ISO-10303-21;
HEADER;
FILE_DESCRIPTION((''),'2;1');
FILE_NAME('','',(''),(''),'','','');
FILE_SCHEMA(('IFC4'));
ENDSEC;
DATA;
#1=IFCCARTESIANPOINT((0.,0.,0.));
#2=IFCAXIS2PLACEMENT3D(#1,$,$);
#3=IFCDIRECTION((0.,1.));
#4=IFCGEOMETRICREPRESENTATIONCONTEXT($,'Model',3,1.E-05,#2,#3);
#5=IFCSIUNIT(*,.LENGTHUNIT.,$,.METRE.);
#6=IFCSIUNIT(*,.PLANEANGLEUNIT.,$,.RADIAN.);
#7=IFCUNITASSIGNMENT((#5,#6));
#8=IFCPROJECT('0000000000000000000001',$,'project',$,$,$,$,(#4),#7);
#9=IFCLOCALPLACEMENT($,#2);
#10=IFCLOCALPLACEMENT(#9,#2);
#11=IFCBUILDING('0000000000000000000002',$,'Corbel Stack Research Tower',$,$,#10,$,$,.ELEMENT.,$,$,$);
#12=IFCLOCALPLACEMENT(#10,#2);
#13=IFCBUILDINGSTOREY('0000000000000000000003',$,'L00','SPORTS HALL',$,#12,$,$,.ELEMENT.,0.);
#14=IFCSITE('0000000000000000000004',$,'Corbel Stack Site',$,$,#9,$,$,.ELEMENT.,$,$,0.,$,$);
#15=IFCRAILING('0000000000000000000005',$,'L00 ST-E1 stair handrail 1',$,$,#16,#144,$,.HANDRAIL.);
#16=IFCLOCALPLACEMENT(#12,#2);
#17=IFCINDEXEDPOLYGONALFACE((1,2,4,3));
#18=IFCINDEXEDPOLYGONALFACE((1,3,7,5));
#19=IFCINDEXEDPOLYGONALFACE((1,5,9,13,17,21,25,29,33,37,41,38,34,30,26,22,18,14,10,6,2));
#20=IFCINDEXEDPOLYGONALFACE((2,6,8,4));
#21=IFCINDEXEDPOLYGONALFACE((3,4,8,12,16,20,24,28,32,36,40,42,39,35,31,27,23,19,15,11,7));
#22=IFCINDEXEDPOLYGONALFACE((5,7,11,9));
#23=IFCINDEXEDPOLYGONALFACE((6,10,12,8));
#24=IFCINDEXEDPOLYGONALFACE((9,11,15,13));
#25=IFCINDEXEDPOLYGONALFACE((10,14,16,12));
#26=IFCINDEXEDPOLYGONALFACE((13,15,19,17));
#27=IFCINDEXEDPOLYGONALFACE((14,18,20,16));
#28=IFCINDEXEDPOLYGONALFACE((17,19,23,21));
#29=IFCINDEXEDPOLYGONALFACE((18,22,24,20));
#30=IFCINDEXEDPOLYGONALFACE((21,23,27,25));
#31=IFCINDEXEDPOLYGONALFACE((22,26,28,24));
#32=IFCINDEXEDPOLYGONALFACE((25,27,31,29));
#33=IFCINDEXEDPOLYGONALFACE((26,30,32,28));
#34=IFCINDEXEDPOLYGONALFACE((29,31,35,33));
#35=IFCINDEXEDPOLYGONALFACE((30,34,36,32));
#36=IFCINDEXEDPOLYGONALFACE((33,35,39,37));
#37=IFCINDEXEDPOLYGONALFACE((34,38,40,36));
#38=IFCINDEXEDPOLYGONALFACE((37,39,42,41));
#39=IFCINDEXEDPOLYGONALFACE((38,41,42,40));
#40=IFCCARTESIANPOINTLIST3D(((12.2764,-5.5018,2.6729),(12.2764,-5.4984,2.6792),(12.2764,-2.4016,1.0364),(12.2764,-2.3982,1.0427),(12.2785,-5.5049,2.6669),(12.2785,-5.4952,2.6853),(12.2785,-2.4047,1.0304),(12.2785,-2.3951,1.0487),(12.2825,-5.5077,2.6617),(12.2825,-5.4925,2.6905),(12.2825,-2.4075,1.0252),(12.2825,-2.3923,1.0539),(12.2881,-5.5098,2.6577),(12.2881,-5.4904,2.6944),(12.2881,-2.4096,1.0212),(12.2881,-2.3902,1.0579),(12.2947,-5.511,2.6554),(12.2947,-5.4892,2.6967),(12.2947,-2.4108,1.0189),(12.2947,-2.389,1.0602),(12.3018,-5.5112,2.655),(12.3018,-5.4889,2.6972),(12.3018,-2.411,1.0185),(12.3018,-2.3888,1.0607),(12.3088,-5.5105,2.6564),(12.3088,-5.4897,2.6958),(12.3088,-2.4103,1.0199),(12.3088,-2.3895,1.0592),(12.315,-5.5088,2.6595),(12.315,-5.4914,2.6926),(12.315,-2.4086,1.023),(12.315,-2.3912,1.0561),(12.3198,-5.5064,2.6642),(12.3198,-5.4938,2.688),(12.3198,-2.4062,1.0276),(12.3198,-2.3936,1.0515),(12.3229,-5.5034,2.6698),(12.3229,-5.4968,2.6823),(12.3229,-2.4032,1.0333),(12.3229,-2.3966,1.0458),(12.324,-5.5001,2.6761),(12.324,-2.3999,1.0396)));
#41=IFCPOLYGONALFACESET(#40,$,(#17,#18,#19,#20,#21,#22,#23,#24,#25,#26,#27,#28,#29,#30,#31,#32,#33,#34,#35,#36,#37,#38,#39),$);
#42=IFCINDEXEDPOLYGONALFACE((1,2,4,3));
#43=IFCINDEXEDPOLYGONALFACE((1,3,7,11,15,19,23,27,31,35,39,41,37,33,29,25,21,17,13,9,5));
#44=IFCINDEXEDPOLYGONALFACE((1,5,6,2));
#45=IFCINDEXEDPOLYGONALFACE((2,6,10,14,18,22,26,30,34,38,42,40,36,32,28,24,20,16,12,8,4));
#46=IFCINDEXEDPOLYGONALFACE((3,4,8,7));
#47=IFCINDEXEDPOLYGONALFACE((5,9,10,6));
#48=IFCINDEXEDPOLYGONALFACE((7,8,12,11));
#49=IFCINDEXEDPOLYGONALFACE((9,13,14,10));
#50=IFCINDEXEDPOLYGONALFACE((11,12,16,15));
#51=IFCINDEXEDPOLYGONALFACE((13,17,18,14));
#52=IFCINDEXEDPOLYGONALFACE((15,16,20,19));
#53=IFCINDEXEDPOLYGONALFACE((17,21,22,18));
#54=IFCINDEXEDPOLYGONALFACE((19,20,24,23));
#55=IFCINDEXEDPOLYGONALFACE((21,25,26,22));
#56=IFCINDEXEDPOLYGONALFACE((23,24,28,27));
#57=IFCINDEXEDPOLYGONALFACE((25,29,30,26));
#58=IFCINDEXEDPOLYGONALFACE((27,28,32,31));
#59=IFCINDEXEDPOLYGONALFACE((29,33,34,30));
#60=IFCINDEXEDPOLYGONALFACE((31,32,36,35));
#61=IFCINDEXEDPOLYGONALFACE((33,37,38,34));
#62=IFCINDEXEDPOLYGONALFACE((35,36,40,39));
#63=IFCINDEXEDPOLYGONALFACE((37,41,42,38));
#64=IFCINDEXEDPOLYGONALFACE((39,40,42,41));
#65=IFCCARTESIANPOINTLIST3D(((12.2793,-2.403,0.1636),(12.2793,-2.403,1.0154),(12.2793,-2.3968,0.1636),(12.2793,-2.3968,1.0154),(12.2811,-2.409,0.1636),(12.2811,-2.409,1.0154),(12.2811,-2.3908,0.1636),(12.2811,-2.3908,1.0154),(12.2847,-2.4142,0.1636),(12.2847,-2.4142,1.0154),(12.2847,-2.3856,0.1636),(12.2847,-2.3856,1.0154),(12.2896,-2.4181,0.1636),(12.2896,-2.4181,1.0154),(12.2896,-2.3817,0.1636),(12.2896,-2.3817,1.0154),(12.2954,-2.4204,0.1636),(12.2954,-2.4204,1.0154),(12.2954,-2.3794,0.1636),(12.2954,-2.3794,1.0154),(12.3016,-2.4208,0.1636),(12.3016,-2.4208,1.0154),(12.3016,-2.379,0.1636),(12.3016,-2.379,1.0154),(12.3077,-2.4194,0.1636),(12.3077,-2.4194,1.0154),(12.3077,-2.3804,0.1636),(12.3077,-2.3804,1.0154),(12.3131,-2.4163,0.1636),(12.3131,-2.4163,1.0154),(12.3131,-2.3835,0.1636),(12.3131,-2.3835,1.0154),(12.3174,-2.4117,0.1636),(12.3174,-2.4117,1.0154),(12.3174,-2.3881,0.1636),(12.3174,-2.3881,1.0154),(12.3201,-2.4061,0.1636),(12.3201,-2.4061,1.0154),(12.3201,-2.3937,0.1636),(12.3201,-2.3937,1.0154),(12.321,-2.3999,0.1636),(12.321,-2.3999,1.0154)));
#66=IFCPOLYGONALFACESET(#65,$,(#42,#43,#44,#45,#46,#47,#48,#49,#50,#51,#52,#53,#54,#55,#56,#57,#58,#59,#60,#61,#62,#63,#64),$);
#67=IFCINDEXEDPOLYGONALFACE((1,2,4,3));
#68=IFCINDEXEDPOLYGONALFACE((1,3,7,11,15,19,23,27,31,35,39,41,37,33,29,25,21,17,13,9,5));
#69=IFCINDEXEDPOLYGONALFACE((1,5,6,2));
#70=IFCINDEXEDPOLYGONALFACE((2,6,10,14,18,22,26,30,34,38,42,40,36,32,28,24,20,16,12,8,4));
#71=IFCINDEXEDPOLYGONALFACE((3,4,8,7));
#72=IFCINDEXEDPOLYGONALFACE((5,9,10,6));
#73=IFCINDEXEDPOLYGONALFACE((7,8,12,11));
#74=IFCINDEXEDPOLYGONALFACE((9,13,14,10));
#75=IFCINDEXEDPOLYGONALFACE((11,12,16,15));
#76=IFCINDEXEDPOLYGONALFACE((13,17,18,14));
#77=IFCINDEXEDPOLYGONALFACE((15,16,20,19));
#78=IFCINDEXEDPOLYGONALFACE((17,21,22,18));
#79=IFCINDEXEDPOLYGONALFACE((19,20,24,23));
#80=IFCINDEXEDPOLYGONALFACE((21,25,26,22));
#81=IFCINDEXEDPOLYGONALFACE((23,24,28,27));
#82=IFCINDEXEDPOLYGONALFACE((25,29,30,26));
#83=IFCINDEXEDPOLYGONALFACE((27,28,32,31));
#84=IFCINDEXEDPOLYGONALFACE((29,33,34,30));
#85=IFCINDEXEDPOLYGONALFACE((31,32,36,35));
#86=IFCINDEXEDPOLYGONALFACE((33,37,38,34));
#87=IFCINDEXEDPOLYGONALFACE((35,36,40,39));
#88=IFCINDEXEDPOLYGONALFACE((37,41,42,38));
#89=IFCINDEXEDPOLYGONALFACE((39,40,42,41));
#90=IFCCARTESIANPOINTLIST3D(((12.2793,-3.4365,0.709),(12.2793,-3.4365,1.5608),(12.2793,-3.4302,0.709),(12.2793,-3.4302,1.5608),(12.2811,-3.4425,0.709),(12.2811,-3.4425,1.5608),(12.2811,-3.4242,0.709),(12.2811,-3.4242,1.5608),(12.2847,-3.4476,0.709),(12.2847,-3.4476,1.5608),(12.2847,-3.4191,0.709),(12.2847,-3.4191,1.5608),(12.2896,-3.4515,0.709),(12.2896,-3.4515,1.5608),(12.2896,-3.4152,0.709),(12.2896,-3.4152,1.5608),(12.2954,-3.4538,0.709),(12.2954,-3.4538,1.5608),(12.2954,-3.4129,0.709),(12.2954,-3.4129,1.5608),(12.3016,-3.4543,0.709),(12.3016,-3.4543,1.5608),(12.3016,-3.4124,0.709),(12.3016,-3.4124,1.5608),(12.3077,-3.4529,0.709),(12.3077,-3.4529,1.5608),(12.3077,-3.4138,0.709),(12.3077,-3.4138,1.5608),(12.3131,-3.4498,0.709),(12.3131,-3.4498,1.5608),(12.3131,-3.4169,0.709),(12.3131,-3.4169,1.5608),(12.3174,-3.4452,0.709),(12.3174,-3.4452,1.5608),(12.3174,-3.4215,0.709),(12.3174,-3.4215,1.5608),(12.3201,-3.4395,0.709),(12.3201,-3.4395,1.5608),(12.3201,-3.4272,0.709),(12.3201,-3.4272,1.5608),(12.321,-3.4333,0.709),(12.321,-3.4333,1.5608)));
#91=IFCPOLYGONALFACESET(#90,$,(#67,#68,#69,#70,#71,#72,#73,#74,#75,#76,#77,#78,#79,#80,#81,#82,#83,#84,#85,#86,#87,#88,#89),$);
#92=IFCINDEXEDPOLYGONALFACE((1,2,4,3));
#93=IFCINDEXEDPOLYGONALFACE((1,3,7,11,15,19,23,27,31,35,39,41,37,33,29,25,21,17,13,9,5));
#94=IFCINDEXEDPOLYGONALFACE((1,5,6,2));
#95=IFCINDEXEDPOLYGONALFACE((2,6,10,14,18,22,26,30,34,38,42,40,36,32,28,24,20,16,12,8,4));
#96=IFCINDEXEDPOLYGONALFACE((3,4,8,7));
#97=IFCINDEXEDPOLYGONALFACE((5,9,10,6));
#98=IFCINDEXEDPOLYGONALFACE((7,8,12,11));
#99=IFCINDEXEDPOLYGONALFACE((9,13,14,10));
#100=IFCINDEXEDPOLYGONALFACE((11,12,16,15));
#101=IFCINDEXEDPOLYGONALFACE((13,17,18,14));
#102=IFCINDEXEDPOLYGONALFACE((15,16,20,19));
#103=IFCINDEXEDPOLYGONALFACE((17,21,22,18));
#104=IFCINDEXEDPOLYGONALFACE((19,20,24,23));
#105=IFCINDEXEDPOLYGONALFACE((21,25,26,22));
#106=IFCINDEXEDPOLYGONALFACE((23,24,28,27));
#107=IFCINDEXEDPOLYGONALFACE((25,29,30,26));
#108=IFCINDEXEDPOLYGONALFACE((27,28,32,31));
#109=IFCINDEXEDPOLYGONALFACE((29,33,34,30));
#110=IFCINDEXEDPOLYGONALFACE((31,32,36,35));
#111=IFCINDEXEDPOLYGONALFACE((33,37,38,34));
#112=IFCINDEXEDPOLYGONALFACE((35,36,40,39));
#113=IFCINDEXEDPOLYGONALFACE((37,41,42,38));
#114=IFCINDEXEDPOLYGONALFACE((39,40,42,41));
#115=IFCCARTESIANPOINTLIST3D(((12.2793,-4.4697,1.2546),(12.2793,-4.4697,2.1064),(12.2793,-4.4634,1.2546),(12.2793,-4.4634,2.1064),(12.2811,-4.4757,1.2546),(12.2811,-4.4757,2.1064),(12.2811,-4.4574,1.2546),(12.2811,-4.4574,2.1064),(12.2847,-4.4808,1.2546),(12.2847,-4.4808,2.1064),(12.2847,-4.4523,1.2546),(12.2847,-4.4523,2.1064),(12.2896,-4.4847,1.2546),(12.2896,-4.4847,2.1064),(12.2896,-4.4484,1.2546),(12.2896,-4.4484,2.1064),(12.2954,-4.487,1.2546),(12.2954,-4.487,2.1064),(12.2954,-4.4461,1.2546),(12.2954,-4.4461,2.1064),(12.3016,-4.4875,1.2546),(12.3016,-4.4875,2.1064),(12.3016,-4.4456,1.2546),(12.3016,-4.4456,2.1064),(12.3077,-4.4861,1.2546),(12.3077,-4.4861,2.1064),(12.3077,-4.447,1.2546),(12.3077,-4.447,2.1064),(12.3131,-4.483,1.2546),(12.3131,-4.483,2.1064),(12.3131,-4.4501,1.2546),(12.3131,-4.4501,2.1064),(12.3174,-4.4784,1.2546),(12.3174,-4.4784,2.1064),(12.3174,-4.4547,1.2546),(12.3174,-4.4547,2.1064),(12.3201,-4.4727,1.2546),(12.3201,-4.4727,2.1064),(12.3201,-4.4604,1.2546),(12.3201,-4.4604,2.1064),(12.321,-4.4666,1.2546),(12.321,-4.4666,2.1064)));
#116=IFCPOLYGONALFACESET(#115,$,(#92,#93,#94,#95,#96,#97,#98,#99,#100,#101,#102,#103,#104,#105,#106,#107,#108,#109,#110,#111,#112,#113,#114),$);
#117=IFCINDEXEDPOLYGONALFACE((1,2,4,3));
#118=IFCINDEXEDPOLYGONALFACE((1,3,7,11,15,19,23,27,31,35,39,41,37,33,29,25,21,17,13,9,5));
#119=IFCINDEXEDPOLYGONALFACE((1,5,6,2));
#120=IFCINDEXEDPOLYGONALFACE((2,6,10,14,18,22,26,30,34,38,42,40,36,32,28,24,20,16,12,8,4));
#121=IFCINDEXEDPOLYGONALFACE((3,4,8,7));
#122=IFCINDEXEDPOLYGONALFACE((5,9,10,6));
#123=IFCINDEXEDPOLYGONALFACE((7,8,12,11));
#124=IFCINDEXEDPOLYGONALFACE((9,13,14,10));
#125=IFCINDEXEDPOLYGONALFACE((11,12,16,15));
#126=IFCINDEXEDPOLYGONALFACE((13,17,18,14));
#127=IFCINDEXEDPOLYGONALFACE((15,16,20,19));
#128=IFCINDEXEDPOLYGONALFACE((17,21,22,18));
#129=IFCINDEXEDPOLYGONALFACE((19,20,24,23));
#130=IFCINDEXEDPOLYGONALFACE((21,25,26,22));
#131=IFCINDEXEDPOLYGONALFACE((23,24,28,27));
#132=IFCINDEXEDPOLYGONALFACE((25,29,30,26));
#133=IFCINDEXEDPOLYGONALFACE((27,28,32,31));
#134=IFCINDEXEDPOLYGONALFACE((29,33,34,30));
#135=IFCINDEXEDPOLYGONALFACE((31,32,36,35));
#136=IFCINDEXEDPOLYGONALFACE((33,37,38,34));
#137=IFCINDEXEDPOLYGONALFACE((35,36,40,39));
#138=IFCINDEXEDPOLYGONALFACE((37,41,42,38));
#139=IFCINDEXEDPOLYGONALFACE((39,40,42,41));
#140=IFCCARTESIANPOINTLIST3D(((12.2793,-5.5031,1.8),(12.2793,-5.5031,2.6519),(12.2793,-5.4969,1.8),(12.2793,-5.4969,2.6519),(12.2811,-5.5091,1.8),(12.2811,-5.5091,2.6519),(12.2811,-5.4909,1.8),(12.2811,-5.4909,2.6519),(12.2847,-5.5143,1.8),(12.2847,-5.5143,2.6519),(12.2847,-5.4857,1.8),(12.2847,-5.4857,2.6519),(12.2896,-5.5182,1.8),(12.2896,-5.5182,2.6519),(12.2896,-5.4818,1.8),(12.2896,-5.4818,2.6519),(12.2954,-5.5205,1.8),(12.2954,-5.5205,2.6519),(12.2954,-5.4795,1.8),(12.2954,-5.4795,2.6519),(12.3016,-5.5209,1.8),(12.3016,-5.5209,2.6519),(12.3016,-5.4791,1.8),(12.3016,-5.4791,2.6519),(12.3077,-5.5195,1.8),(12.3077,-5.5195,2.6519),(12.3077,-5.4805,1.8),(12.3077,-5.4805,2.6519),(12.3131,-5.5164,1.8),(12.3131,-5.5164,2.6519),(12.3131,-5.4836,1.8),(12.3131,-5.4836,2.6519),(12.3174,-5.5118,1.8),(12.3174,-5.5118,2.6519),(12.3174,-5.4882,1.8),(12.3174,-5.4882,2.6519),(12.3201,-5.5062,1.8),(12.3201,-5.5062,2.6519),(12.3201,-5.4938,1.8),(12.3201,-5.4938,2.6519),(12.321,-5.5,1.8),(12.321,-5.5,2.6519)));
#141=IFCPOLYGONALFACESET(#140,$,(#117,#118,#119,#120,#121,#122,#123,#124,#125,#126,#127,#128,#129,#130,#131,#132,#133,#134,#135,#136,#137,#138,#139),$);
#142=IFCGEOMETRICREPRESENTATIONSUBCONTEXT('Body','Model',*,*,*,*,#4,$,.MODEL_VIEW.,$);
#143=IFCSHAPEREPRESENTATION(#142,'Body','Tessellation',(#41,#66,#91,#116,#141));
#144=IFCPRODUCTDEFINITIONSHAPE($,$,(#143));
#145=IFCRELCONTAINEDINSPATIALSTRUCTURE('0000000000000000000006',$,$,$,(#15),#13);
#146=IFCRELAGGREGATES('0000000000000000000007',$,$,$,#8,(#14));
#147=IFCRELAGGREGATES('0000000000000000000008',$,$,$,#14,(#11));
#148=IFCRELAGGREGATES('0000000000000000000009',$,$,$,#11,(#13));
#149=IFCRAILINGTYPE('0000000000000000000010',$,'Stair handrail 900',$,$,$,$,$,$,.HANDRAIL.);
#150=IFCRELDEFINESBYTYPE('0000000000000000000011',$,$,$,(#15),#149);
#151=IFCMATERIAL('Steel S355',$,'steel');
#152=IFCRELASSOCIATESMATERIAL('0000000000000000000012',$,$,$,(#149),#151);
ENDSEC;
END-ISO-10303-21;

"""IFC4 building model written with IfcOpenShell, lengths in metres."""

from ifc_helpers import new_model, si_unit, direction, frame, origin, origin_2d, place, context, subcontext, project, spatial, circle, extrude, material, type_object, element, save


model = new_model("IFC4")

# Units and contexts
model_context = context("Model", 3, precision=1e-05, world=origin(), true_north=direction((0.0, 1.0)))
body_context = subcontext(model_context, "Body", "Model", "MODEL_VIEW")
ifc_project = project(units=[si_unit("LENGTHUNIT", "METRE"), si_unit("PLANEANGLEUNIT", "RADIAN")], contexts=[model_context])

# Site, building, storey
site_placement = place(None, origin())
site = spatial("IfcSite", under=ifc_project, at=site_placement, Name="Corbel Stack Site", CompositionType="ELEMENT", RefElevation=0.0)
building_placement = place(site_placement, origin())
building = spatial("IfcBuilding", under=site, at=building_placement, Name="Corbel Stack Research Tower", CompositionType="ELEMENT")
storey_placement = place(building_placement, origin())
storey = spatial("IfcBuildingStorey", under=building, at=storey_placement, Name="L00", Description="SPORTS HALL", CompositionType="ELEMENT", Elevation=0.0)

# Railing
ifc_material_1 = material(Name="Steel S355", Category="steel")
railing_type_1 = type_object("IfcRailingType", Name="Stair handrail 900", PredefinedType="HANDRAIL", material=ifc_material_1)
railing_1_placement = place(storey_placement, frame((12.3, -2.3999, 0.1636)))
element("IfcRailing", 1, at=railing_1_placement, inside=storey, type_object=railing_type_1, Name="L00 ST-E1 stair handrail 1", PredefinedType="HANDRAIL", context=body_context, shape_type="SweptSolid", body=[
    extrude(circle(Radius=0.0239, at=origin_2d()), frame((0.0, 0.0, 0.876), z_axis=(0.0, -0.884348, 0.466828), x_axis=(1.0, 0.0, 0.0)), (0.0, 0.0, 1.0), 3.5056),
    extrude(circle(Radius=0.021, at=origin_2d()), origin(), (0.0, 0.0, 1.0), 0.8518),
    extrude(circle(Radius=0.021, at=origin_2d()), frame((0.0, -1.0334, 0.5454)), (0.0, 0.0, 1.0), 0.8518),
    extrude(circle(Radius=0.021, at=origin_2d()), frame((0.0, -2.0667, 1.0911)), (0.0, 0.0, 1.0), 0.8518),
    extrude(circle(Radius=0.021, at=origin_2d()), frame((0.0, -3.1001, 1.6365)), (0.0, 0.0, 1.0), 0.8518),
])

save(model, "model.ifc")
